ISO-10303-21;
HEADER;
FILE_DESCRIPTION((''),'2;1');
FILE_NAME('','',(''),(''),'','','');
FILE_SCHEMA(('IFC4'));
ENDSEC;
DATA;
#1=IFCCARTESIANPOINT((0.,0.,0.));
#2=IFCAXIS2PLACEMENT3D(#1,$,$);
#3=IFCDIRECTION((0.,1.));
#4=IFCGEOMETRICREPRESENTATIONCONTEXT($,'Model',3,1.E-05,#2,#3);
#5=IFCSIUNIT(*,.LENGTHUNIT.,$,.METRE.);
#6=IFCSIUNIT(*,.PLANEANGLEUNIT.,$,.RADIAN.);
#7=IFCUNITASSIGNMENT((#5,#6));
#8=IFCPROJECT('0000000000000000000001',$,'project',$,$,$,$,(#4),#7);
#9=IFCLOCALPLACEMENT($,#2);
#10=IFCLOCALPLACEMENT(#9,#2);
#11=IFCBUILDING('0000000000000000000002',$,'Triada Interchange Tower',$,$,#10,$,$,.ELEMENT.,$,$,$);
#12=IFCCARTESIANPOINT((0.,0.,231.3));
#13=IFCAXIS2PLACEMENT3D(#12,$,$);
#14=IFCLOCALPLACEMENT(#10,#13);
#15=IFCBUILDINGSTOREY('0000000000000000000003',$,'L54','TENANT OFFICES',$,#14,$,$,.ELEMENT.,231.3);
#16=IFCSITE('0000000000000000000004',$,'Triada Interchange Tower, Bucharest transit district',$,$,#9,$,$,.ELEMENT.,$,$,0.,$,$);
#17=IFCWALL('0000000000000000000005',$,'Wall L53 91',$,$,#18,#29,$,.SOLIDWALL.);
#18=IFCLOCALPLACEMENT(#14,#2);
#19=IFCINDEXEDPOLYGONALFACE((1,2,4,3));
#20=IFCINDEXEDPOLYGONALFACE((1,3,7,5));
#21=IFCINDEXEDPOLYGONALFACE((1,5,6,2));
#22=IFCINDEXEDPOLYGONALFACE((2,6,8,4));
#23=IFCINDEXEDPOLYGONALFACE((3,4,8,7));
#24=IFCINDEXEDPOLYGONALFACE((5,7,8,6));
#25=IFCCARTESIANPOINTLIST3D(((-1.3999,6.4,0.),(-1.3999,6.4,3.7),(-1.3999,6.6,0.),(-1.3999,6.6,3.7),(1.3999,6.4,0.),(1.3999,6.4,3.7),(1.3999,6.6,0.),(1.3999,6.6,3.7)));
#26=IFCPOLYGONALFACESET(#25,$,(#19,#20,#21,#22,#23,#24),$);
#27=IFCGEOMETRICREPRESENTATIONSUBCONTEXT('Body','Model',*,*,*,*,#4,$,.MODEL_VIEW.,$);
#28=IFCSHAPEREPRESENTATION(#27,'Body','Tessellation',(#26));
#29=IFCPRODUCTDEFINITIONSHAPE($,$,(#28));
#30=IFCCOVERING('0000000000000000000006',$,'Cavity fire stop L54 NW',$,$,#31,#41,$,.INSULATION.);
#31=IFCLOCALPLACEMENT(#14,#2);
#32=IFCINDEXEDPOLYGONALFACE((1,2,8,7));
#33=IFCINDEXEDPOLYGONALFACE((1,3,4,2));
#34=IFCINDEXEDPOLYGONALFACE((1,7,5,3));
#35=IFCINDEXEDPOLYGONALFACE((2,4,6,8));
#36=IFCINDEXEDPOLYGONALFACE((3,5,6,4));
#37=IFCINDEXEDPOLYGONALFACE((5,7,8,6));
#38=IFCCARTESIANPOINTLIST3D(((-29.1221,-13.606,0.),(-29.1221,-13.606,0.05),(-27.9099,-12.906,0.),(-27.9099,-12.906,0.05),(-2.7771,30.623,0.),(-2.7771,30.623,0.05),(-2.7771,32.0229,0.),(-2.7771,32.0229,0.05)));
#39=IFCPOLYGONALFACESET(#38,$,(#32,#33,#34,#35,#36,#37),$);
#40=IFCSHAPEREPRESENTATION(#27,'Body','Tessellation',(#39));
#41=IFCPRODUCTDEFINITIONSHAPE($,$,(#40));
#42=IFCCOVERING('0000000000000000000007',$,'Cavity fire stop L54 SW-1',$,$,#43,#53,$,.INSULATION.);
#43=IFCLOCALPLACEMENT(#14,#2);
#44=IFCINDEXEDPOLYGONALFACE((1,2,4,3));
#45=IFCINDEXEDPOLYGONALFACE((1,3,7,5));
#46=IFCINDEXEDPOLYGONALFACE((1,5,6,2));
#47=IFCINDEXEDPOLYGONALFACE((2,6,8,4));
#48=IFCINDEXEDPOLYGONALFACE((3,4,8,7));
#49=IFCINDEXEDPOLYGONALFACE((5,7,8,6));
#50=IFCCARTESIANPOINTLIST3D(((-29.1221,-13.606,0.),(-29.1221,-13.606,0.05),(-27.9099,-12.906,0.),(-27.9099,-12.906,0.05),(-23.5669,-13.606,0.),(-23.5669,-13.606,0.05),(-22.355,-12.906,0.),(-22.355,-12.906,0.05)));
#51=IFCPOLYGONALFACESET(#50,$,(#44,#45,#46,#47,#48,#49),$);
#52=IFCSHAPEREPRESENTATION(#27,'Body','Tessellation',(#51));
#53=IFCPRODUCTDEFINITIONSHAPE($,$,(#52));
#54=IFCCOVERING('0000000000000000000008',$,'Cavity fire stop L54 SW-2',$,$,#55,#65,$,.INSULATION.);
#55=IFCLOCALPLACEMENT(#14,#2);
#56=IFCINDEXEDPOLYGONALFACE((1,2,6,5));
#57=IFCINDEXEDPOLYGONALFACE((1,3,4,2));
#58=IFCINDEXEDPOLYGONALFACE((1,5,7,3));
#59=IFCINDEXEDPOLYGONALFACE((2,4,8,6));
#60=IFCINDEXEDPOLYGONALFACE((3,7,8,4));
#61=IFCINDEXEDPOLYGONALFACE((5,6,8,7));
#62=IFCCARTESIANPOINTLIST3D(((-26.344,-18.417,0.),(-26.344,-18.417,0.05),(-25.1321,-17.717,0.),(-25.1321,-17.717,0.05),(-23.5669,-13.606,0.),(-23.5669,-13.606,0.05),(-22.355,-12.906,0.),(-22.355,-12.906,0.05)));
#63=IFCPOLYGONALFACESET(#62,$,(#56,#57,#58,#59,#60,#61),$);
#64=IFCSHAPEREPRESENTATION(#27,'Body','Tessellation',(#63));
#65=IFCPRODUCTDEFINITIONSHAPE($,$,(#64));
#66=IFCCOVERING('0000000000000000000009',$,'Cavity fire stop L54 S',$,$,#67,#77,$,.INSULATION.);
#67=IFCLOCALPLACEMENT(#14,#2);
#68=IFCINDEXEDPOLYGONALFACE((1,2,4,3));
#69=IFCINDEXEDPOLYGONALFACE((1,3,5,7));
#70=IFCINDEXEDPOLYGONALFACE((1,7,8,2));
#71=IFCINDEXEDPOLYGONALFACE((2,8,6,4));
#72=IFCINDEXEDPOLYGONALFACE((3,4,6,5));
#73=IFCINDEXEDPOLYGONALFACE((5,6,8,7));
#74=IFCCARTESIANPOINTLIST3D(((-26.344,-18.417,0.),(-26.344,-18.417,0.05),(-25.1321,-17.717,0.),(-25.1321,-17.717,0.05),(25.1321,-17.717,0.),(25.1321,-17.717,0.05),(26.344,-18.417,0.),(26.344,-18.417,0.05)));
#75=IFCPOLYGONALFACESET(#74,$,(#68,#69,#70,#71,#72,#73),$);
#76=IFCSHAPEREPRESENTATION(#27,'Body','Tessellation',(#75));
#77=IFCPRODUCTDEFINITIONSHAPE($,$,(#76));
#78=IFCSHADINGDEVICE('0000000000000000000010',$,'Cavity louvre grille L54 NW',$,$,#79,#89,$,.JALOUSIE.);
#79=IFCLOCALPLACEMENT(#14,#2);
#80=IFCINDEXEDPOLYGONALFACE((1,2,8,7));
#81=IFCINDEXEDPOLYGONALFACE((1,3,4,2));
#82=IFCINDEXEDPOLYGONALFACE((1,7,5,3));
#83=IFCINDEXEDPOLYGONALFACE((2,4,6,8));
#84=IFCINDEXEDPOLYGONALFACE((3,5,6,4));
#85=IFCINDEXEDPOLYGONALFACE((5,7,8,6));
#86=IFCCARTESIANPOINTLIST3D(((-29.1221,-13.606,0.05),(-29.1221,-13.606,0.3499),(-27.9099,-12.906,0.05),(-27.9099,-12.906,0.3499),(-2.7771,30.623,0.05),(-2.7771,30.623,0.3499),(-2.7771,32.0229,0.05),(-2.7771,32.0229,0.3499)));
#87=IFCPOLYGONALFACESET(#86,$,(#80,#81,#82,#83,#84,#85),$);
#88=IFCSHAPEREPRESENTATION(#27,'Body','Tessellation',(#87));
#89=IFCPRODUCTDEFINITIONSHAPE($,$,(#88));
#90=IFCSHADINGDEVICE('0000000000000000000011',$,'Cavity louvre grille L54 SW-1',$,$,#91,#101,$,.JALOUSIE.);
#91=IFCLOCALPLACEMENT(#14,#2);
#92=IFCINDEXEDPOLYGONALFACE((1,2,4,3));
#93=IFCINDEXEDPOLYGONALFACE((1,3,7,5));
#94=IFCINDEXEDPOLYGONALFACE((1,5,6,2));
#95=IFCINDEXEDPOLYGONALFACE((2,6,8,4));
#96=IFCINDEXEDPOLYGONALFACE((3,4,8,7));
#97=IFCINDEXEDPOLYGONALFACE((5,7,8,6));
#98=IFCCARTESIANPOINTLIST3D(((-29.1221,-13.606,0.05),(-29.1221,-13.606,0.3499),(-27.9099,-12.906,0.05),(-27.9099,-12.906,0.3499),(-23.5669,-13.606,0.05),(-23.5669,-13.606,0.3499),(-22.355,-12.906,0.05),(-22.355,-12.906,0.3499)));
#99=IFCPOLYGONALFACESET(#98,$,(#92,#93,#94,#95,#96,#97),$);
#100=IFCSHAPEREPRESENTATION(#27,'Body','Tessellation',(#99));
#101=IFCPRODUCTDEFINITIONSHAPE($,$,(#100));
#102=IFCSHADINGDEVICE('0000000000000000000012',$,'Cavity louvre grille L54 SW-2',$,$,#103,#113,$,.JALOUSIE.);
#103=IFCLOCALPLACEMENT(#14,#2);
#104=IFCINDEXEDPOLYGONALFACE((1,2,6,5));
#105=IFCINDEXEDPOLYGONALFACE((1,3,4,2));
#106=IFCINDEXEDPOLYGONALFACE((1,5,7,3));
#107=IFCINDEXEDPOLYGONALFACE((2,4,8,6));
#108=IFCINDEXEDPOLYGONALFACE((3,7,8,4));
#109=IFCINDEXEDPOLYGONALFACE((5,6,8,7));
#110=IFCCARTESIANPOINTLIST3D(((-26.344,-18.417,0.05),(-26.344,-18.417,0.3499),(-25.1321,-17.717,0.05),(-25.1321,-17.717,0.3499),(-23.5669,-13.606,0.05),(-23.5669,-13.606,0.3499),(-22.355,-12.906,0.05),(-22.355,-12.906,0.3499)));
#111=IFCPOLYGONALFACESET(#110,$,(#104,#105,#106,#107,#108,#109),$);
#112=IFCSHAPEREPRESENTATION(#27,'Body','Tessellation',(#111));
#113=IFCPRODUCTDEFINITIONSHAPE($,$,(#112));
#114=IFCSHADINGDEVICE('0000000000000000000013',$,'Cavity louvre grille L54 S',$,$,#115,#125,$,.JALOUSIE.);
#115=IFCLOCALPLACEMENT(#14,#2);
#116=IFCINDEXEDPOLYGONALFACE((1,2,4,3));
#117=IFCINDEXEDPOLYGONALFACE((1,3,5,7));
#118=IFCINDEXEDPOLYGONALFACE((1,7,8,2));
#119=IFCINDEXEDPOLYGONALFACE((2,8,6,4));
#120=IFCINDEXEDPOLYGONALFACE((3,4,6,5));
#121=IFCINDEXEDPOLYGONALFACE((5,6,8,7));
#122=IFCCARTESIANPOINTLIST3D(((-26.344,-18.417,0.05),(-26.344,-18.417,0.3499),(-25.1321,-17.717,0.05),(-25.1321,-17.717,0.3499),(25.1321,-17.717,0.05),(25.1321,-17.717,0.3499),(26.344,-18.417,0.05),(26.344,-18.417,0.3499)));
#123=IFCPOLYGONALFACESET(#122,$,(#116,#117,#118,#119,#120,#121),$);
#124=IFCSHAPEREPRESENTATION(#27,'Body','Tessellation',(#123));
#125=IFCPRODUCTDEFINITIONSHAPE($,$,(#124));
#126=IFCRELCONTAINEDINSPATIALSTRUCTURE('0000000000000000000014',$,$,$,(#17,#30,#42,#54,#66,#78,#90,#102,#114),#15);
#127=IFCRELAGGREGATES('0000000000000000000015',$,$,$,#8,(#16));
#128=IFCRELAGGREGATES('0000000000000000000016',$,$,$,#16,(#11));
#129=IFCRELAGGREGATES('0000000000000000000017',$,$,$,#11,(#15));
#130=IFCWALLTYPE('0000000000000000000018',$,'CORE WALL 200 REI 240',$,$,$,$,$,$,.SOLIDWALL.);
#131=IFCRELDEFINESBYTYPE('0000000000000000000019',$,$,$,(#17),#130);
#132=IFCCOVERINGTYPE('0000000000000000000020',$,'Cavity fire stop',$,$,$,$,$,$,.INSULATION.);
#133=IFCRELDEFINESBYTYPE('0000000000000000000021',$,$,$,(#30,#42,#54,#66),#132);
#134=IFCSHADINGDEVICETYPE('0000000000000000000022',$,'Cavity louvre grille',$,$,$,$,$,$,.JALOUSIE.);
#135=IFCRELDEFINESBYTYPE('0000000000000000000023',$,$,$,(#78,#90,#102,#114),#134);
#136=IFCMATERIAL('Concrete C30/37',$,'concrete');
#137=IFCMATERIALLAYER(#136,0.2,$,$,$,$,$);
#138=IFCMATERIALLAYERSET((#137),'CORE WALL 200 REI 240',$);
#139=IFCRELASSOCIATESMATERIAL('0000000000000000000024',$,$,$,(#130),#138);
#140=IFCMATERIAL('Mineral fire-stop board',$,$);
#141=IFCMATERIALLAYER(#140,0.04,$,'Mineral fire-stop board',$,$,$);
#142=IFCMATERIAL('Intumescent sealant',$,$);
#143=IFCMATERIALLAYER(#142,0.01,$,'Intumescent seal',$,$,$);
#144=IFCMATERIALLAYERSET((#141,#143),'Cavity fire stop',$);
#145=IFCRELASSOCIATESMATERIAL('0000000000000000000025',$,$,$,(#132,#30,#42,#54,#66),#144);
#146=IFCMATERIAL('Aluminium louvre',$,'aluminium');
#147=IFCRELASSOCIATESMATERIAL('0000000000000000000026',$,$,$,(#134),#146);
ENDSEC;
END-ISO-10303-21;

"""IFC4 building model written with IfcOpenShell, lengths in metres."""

from ifc_helpers import new_model, si_unit, direction, frame, frame_2d, origin, place, context, subcontext, project, spatial, polyline, rectangle, outline, extrude, material, layer, layer_set, layer_usage, type_object, element, save


model = new_model("IFC4")

# Units and contexts
model_context = context("Model", 3, precision=1e-05, world=origin(), true_north=direction((0.0, 1.0)))
body_context = subcontext(model_context, "Body", "Model", "MODEL_VIEW")
ifc_project = project(units=[si_unit("LENGTHUNIT", "METRE"), si_unit("PLANEANGLEUNIT", "RADIAN")], contexts=[model_context])

# Site, building, storey
site_placement = place(None, origin())
site = spatial("IfcSite", under=ifc_project, at=site_placement, Name="Triada Interchange Tower, Bucharest transit district", CompositionType="ELEMENT", RefElevation=0.0)
building_placement = place(site_placement, origin())
building = spatial("IfcBuilding", under=site, at=building_placement, Name="Triada Interchange Tower", CompositionType="ELEMENT")
storey_placement = place(building_placement, frame((0.0, 0.0, 231.3)))
storey = spatial("IfcBuildingStorey", under=building, at=storey_placement, Name="L54", Description="TENANT OFFICES", CompositionType="ELEMENT", Elevation=231.3)

# Shared definitions
ifc_material_1 = material(Name="Concrete C30/37", Category="concrete")

# Wall
ifc_layer_1 = layer(ifc_material_1, 0.2)
ifc_layer_set_1 = layer_set([ifc_layer_1], Name="CORE WALL 200 REI 240")
wall_type_1 = type_object("IfcWallType", Name="CORE WALL 200 REI 240", PredefinedType="SOLIDWALL", material=ifc_layer_set_1)
wall_1_placement = place(storey_placement, frame((-1.3999, 6.5, 0.0), z_axis=(0.0, 0.0, 1.0), x_axis=(1.0, 0.0, 0.0)))
element("IfcWall", 1, at=wall_1_placement, inside=storey, type_object=wall_type_1, Name="Wall L53 91", PredefinedType="SOLIDWALL", context=body_context, shape_type="SweptSolid", body=[
    extrude(rectangle(XDim=2.7998, YDim=0.2, at=frame_2d((1.3999, 0.0))), origin(), (0.0, 0.0, 1.0), 3.7),
])

# Coverings
ifc_material_2 = material(Name="Mineral fire-stop board")
ifc_layer_2 = layer(ifc_material_2, 0.04, Name="Mineral fire-stop board")
ifc_material_3 = material(Name="Intumescent sealant")
ifc_layer_3 = layer(ifc_material_3, 0.01, Name="Intumescent seal")
ifc_layer_set_2 = layer_set([ifc_layer_2, ifc_layer_3], Name="Cavity fire stop")
ifc_layer_usage = layer_usage(ifc_layer_set_2, "AXIS3", "POSITIVE", 0.0)
covering_type = type_object("IfcCoveringType", Name="Cavity fire stop", PredefinedType="INSULATION", material=ifc_layer_set_2)
covering_1_placement = place(storey_placement, origin())
element("IfcCovering", 2, at=covering_1_placement, inside=storey, type_object=covering_type, material=ifc_layer_usage, Name="Cavity fire stop L54 NW", PredefinedType="INSULATION", context=body_context, shape_type="SweptSolid", body=[
    extrude(outline(polyline([(-2.7771, 30.623), (-2.7771, 32.0229), (-29.1221, -13.606), (-27.9099, -12.906), (-2.7771, 30.623)])), origin(), (0.0, 0.0, 1.0), 0.05),
])
covering_2_placement = place(storey_placement, origin())
element("IfcCovering", 3, at=covering_2_placement, inside=storey, type_object=covering_type, material=ifc_layer_usage, Name="Cavity fire stop L54 SW-1", PredefinedType="INSULATION", context=body_context, shape_type="SweptSolid", body=[
    extrude(outline(polyline([(-27.9099, -12.906), (-29.1221, -13.606), (-23.5669, -13.606), (-22.355, -12.906), (-27.9099, -12.906)])), origin(), (0.0, 0.0, 1.0), 0.05),
])
covering_3_placement = place(storey_placement, origin())
element("IfcCovering", 4, at=covering_3_placement, inside=storey, type_object=covering_type, material=ifc_layer_usage, Name="Cavity fire stop L54 SW-2", PredefinedType="INSULATION", context=body_context, shape_type="SweptSolid", body=[
    extrude(outline(polyline([(-22.355, -12.906), (-23.5669, -13.606), (-26.344, -18.417), (-25.1321, -17.717), (-22.355, -12.906)])), origin(), (0.0, 0.0, 1.0), 0.05),
])
covering_4_placement = place(storey_placement, origin())
element("IfcCovering", 5, at=covering_4_placement, inside=storey, type_object=covering_type, material=ifc_layer_usage, Name="Cavity fire stop L54 S", PredefinedType="INSULATION", context=body_context, shape_type="SweptSolid", body=[
    extrude(outline(polyline([(-25.1321, -17.717), (-26.344, -18.417), (26.344, -18.417), (25.1321, -17.717), (-25.1321, -17.717)])), origin(), (0.0, 0.0, 1.0), 0.05),
])

# Shading devices
ifc_material_4 = material(Name="Aluminium louvre", Category="aluminium")
shading_device_type = type_object("IfcShadingDeviceType", Name="Cavity louvre grille", PredefinedType="JALOUSIE", material=ifc_material_4)
shading_device_1_placement = place(storey_placement, frame((0.0, 0.0, 0.05)))
element("IfcShadingDevice", 6, at=shading_device_1_placement, inside=storey, type_object=shading_device_type, Name="Cavity louvre grille L54 NW", PredefinedType="JALOUSIE", context=body_context, shape_type="SweptSolid", body=[
    extrude(outline(polyline([(-2.7771, 30.623), (-2.7771, 32.0229), (-29.1221, -13.606), (-27.9099, -12.906), (-2.7771, 30.623)])), origin(), (0.0, 0.0, 1.0), 0.2998),
])
shading_device_2_placement = place(storey_placement, frame((0.0, 0.0, 0.05)))
element("IfcShadingDevice", 7, at=shading_device_2_placement, inside=storey, type_object=shading_device_type, Name="Cavity louvre grille L54 SW-1", PredefinedType="JALOUSIE", context=body_context, shape_type="SweptSolid", body=[
    extrude(outline(polyline([(-27.9099, -12.906), (-29.1221, -13.606), (-23.5669, -13.606), (-22.355, -12.906), (-27.9099, -12.906)])), origin(), (0.0, 0.0, 1.0), 0.2998),
])
shading_device_3_placement = place(storey_placement, frame((0.0, 0.0, 0.05)))
element("IfcShadingDevice", 8, at=shading_device_3_placement, inside=storey, type_object=shading_device_type, Name="Cavity louvre grille L54 SW-2", PredefinedType="JALOUSIE", context=body_context, shape_type="SweptSolid", body=[
    extrude(outline(polyline([(-22.355, -12.906), (-23.5669, -13.606), (-26.344, -18.417), (-25.1321, -17.717), (-22.355, -12.906)])), origin(), (0.0, 0.0, 1.0), 0.2998),
])
shading_device_4_placement = place(storey_placement, frame((0.0, 0.0, 0.05)))
element("IfcShadingDevice", 9, at=shading_device_4_placement, inside=storey, type_object=shading_device_type, Name="Cavity louvre grille L54 S", PredefinedType="JALOUSIE", context=body_context, shape_type="SweptSolid", body=[
    extrude(outline(polyline([(-25.1321, -17.717), (-26.344, -18.417), (26.344, -18.417), (25.1321, -17.717), (-25.1321, -17.717)])), origin(), (0.0, 0.0, 1.0), 0.2998),
])

save(model, "model.ifc")
